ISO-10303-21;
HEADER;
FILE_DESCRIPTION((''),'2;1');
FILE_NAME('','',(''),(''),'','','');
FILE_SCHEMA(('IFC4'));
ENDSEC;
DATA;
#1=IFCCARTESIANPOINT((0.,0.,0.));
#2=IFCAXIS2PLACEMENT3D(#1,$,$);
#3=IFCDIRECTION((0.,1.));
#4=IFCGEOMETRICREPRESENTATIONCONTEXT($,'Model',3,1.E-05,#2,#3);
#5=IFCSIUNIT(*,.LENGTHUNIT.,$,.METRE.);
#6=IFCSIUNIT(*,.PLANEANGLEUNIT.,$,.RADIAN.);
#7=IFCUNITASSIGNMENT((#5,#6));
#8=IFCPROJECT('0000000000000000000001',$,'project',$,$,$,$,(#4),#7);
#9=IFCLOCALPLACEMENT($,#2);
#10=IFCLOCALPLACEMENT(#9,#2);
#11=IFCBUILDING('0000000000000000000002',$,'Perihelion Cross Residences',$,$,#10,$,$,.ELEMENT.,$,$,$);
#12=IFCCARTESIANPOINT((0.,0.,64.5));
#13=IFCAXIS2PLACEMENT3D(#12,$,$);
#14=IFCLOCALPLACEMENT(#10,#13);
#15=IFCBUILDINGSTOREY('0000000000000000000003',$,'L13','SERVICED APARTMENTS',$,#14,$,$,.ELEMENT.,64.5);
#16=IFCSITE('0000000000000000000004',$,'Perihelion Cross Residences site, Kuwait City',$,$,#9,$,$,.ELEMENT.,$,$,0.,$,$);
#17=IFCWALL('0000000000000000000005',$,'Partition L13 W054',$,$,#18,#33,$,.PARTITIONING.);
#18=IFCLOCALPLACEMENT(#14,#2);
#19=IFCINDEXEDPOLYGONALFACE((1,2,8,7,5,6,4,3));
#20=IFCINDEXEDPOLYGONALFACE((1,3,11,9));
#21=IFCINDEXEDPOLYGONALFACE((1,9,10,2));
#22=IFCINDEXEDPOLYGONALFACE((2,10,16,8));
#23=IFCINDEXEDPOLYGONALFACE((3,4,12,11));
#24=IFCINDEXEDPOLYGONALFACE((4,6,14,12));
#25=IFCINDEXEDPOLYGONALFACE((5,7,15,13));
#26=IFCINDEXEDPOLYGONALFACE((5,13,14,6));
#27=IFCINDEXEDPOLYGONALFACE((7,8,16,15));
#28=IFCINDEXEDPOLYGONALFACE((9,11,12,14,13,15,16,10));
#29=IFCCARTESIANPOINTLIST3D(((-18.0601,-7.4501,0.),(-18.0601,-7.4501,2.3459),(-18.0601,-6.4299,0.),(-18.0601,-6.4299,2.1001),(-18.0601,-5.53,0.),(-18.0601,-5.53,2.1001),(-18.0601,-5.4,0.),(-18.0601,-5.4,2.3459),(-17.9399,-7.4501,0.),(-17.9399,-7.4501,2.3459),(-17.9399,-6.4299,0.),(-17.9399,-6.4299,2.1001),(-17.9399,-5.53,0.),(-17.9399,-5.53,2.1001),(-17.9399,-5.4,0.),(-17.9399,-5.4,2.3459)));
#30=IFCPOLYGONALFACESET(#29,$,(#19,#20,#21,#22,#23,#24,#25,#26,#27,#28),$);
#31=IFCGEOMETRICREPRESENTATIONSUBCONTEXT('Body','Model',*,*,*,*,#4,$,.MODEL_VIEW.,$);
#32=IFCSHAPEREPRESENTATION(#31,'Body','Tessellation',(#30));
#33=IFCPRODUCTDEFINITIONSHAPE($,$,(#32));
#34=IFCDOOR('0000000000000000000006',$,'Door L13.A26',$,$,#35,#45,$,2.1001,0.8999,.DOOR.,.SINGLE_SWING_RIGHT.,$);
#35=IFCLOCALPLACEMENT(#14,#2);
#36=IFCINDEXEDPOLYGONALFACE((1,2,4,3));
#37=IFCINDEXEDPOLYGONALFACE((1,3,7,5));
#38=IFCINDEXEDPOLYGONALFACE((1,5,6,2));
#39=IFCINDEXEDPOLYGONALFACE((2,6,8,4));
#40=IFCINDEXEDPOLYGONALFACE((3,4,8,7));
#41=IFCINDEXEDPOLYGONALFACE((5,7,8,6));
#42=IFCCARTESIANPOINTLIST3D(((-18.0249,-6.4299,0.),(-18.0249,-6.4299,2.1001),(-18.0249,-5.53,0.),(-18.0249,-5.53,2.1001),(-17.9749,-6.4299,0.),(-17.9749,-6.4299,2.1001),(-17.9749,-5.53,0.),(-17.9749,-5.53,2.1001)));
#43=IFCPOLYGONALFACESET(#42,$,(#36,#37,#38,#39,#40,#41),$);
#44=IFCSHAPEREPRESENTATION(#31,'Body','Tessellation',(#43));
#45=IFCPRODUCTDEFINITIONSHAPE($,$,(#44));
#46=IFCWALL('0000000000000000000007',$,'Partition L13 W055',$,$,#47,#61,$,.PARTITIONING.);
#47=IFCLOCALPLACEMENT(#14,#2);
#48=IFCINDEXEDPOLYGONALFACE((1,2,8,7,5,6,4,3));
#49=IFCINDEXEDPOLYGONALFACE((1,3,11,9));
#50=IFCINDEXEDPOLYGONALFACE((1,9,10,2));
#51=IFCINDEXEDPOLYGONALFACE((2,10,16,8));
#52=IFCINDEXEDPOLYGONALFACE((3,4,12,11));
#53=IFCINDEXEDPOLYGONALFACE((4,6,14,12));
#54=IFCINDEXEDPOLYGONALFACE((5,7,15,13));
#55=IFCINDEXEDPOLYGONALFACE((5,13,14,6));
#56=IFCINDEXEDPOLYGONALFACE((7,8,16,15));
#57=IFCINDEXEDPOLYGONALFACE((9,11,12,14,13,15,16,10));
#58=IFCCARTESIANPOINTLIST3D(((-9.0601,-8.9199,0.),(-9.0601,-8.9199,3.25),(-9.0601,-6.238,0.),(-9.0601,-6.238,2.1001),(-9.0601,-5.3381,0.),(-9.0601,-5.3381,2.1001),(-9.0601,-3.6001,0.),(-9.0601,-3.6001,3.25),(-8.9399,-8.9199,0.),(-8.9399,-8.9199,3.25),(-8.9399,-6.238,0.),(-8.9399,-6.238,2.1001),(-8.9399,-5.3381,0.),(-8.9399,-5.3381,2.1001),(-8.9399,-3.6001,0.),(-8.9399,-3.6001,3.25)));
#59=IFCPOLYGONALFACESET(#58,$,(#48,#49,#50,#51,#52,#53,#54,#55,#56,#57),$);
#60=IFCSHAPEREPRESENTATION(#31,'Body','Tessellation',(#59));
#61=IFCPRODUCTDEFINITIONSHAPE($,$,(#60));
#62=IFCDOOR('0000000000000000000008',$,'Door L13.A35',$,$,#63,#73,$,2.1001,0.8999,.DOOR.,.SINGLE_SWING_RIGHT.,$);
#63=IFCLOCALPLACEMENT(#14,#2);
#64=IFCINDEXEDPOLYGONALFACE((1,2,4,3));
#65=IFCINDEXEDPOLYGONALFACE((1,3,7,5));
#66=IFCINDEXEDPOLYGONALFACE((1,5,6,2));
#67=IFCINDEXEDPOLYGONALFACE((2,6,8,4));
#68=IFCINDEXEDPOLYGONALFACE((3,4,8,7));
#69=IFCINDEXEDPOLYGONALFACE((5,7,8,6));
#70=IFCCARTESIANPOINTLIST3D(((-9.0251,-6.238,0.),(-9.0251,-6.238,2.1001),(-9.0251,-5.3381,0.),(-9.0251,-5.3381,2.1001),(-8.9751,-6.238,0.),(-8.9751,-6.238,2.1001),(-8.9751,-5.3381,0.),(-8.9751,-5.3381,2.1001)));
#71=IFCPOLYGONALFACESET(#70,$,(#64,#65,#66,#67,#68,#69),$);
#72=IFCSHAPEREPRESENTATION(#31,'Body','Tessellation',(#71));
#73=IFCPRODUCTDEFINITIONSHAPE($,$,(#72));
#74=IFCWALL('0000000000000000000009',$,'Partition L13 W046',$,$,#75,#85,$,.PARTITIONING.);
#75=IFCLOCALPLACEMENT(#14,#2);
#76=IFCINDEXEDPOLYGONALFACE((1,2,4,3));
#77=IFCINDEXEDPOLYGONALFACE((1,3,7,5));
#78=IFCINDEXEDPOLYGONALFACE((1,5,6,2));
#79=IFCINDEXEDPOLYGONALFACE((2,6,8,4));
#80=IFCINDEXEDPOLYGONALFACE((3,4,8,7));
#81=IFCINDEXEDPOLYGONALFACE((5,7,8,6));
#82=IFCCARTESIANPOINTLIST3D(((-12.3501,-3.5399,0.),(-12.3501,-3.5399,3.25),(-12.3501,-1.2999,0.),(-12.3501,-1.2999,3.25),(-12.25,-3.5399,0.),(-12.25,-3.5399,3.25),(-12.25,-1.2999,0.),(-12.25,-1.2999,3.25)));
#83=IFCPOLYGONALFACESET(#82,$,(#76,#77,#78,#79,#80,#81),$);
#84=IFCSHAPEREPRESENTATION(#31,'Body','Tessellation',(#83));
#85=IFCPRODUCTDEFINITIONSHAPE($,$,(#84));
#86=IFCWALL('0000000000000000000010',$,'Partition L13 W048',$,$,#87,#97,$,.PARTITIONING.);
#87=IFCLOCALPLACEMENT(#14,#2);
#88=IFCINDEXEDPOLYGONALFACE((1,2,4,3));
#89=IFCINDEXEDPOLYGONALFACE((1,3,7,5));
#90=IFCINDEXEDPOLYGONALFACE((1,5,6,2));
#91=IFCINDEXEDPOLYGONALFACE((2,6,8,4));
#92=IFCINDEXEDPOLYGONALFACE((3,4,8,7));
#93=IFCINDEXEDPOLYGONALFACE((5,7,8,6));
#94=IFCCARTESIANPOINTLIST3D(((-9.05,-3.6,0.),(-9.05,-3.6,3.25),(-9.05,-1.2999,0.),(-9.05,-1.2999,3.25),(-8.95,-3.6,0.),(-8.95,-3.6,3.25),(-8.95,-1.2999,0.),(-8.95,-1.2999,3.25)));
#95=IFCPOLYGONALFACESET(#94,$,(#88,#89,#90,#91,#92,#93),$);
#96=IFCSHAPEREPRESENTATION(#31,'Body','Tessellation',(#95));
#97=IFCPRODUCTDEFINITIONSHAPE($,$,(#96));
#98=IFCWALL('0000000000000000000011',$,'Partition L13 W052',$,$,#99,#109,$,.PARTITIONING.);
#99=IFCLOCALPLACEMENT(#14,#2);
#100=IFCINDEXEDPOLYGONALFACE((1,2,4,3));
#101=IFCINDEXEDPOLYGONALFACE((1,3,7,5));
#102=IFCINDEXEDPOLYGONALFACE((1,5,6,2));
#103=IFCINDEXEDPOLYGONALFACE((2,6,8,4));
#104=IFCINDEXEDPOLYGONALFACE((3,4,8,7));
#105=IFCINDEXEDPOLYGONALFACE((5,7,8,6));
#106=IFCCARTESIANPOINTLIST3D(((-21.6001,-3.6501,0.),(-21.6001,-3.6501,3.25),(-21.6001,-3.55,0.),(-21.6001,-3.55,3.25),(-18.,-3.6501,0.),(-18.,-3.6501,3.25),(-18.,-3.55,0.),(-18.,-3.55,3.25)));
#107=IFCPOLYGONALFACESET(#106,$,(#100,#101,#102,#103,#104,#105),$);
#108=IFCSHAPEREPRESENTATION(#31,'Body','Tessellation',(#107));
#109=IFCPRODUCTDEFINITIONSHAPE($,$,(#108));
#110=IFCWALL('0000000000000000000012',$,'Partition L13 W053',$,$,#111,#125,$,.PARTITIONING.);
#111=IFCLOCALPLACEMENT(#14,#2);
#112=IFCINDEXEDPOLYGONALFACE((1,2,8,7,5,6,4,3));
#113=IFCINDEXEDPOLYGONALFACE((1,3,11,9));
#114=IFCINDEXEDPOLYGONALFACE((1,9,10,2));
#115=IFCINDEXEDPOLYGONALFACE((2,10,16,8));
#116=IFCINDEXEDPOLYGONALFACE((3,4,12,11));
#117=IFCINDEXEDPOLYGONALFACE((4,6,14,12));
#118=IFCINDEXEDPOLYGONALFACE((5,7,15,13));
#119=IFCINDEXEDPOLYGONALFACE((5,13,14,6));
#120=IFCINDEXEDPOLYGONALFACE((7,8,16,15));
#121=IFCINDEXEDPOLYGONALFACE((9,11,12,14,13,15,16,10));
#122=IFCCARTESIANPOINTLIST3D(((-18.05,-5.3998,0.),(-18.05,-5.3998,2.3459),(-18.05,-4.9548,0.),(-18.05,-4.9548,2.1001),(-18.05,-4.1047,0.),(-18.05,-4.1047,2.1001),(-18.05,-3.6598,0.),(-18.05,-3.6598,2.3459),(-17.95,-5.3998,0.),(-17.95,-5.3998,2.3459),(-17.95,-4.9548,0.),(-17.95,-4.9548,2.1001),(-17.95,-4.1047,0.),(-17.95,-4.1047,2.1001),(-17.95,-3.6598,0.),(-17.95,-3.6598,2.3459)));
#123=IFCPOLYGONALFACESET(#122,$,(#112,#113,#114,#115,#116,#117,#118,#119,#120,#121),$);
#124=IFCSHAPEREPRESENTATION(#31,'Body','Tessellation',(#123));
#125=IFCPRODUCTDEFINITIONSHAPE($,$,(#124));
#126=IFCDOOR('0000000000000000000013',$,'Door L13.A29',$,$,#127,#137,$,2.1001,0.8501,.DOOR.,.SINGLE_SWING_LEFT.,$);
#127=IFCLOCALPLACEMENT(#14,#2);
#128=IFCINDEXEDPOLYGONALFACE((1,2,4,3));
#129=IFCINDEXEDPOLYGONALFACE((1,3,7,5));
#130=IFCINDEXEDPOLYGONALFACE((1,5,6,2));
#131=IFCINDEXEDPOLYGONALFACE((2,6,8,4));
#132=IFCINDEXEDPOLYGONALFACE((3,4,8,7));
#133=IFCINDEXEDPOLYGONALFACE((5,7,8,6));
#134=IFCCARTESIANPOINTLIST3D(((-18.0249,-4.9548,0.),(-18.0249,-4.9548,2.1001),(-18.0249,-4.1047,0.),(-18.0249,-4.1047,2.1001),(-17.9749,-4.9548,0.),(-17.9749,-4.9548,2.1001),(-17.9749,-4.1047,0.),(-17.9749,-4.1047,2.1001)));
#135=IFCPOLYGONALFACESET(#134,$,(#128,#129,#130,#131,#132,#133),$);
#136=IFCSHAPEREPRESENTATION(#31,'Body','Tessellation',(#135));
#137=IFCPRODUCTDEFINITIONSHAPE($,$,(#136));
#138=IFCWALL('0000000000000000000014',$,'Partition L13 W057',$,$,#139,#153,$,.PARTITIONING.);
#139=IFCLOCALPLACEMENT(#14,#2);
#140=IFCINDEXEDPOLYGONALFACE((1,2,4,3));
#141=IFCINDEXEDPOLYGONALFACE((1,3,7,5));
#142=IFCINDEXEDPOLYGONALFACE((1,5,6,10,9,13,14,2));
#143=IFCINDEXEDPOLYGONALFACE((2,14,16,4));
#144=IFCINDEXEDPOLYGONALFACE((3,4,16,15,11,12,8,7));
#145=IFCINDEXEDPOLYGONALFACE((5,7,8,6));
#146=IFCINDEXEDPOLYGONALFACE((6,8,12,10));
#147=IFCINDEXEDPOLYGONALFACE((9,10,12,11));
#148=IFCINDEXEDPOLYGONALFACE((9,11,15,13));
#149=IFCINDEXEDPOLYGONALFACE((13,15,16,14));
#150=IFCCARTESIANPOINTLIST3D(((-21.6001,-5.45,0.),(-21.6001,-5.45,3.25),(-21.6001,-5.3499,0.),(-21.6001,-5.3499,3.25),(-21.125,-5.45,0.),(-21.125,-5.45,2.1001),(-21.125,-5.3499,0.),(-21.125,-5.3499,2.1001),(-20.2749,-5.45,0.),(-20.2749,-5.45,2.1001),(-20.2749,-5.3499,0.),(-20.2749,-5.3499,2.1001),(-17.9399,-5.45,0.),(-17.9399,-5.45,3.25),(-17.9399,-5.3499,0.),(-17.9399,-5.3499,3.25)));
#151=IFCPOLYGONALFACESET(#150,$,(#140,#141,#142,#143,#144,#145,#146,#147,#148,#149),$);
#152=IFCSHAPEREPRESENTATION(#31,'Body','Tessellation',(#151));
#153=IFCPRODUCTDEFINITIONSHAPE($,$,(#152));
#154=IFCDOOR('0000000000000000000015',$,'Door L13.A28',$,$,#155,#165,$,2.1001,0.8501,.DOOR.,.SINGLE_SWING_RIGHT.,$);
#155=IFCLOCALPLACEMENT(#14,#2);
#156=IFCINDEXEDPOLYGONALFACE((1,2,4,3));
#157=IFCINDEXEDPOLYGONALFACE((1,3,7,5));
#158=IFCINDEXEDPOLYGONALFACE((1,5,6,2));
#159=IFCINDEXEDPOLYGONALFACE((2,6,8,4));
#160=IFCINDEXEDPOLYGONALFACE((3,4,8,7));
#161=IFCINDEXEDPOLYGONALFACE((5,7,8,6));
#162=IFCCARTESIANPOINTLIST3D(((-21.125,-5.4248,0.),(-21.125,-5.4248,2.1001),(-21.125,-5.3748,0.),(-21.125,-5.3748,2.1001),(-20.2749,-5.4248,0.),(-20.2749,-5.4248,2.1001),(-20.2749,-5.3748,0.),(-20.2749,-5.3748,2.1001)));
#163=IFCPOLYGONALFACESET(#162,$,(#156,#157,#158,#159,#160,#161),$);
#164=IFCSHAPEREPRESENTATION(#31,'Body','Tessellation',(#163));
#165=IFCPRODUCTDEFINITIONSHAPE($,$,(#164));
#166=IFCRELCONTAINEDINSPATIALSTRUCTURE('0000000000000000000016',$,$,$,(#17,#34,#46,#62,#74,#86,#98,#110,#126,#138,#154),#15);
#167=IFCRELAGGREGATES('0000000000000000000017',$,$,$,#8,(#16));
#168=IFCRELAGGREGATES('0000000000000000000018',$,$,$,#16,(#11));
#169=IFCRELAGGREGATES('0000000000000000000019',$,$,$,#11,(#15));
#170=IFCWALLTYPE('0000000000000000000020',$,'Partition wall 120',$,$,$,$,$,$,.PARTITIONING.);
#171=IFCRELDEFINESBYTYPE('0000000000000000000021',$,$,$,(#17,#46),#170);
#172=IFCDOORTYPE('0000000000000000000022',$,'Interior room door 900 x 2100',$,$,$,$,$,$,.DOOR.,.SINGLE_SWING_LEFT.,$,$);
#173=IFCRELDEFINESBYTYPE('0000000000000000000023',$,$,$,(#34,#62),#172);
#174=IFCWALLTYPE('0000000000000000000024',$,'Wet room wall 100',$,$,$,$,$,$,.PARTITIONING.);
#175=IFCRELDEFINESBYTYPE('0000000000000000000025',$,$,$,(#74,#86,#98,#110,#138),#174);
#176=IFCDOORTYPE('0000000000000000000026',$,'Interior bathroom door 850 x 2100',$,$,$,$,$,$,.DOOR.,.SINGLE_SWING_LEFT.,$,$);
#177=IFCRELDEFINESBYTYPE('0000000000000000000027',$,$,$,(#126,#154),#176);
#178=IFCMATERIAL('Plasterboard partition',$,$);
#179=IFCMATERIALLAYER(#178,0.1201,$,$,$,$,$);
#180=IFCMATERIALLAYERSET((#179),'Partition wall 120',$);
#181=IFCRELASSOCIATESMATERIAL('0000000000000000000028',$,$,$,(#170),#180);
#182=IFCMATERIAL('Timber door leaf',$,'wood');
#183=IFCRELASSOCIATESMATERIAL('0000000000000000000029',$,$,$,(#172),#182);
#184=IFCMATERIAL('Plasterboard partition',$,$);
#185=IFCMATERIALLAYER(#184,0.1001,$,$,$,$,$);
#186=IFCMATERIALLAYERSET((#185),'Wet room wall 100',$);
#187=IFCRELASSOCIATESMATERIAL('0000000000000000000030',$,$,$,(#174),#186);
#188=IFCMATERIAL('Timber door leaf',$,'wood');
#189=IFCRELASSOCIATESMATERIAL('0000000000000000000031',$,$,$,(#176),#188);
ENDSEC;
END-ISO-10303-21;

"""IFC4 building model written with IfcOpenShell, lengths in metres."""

from ifc_helpers import new_model, si_unit, direction, frame, frame_2d, origin, place, context, subcontext, project, spatial, rectangle, extrude, material, layer, layer_set, type_object, element, fill, save


model = new_model("IFC4")

# Units and contexts
model_context = context("Model", 3, precision=1e-05, world=origin(), true_north=direction((0.0, 1.0)))
body_context = subcontext(model_context, "Body", "Model", "MODEL_VIEW")
ifc_project = project(units=[si_unit("LENGTHUNIT", "METRE"), si_unit("PLANEANGLEUNIT", "RADIAN")], contexts=[model_context])

# Site, building, storey
site_placement = place(None, origin())
site = spatial("IfcSite", under=ifc_project, at=site_placement, Name="Perihelion Cross Residences site, Kuwait City", CompositionType="ELEMENT", RefElevation=0.0)
building_placement = place(site_placement, origin())
building = spatial("IfcBuilding", under=site, at=building_placement, Name="Perihelion Cross Residences", CompositionType="ELEMENT")
storey_placement = place(building_placement, frame((0.0, 0.0, 64.5)))
storey = spatial("IfcBuildingStorey", under=building, at=storey_placement, Name="L13", Description="SERVICED APARTMENTS", CompositionType="ELEMENT", Elevation=64.5)

# Walls, openings, doors
ifc_material_1 = material(Name="Plasterboard partition")
ifc_layer_1 = layer(ifc_material_1, 0.1201)
ifc_layer_set_1 = layer_set([ifc_layer_1], Name="Partition wall 120")
wall_type_1 = type_object("IfcWallType", Name="Partition wall 120", PredefinedType="PARTITIONING", material=ifc_layer_set_1)
ifc_material_2 = material(Name="Timber door leaf", Category="wood")
door_type_1 = type_object("IfcDoorType", Name="Interior room door 900 x 2100", OperationType="SINGLE_SWING_LEFT", PredefinedType="DOOR", material=ifc_material_2)
wall_1_placement = place(storey_placement, frame((-18.0, -7.45, 0.0), z_axis=(0.0, 0.0, 1.0), x_axis=(0.0, 1.0, 0.0)))
wall_1 = element("IfcWall", 1, at=wall_1_placement, inside=storey, type_object=wall_type_1, Name="Partition L13 W054", PredefinedType="PARTITIONING", context=body_context, shape_type="SweptSolid", body=[
    extrude(rectangle(XDim=2.05, YDim=0.1201, at=frame_2d((1.0249, 0.0))), origin(), (0.0, 0.0, 1.0), 2.3459),
])
opening_1_placement = place(wall_1_placement, frame((1.02, 0.0, 0.0)))
opening_1 = element("IfcOpeningElement", 2, at=opening_1_placement, cuts=wall_1, PredefinedType="OPENING", context=body_context, shape_type="SweptSolid", body=[
    extrude(rectangle(XDim=0.8999, YDim=2.1001, at=frame_2d((0.45, 1.05))), frame((0.0, 0.0701, 0.0), z_axis=(0.0, -1.0, 0.0), x_axis=(1.0, 0.0, 0.0)), (0.0, 0.0, 1.0), 0.1401),
])
door_1_placement = place(opening_1_placement, origin())
door_1 = element("IfcDoor", 3, at=door_1_placement, inside=storey, type_object=door_type_1, Name="Door L13.A26", OperationType="SINGLE_SWING_RIGHT", OverallHeight=2.1001, OverallWidth=0.8999, PredefinedType="DOOR", context=body_context, shape_type="SweptSolid", body=[
    extrude(rectangle(XDim=0.8999, YDim=2.1001, at=frame_2d((0.45, 1.05))), frame((0.0, 0.0249, 0.0), z_axis=(0.0, -1.0, 0.0), x_axis=(1.0, 0.0, 0.0)), (0.0, 0.0, 1.0), 0.05),
])
fill(opening_1, door_1)
wall_2_placement = place(storey_placement, frame((-9.0, -3.6001, 0.0), z_axis=(0.0, 0.0, 1.0), x_axis=(0.0, -1.0, 0.0)))
wall_2 = element("IfcWall", 4, at=wall_2_placement, inside=storey, type_object=wall_type_1, Name="Partition L13 W055", PredefinedType="PARTITIONING", context=body_context, shape_type="SweptSolid", body=[
    extrude(rectangle(XDim=5.3198, YDim=0.1201, at=frame_2d((2.6599, 0.0))), origin(), (0.0, 0.0, 1.0), 3.25),
])
opening_2_placement = place(wall_2_placement, frame((1.738, 0.0, 0.0)))
opening_2 = element("IfcOpeningElement", 5, at=opening_2_placement, cuts=wall_2, PredefinedType="OPENING", context=body_context, shape_type="SweptSolid", body=[
    extrude(rectangle(XDim=0.8999, YDim=2.1001, at=frame_2d((0.45, 1.05))), frame((0.0, 0.0701, 0.0), z_axis=(0.0, -1.0, 0.0), x_axis=(1.0, 0.0, 0.0)), (0.0, 0.0, 1.0), 0.1401),
])
door_2_placement = place(opening_2_placement, origin())
door_2 = element("IfcDoor", 6, at=door_2_placement, inside=storey, type_object=door_type_1, Name="Door L13.A35", OperationType="SINGLE_SWING_RIGHT", OverallHeight=2.1001, OverallWidth=0.8999, PredefinedType="DOOR", context=body_context, shape_type="SweptSolid", body=[
    extrude(rectangle(XDim=0.8999, YDim=2.1001, at=frame_2d((0.45, 1.05))), frame((0.0, 0.0249, 0.0), z_axis=(0.0, -1.0, 0.0), x_axis=(1.0, 0.0, 0.0)), (0.0, 0.0, 1.0), 0.05),
])
fill(opening_2, door_2)

# Walls
ifc_material_3 = material(Name="Plasterboard partition")
ifc_layer_2 = layer(ifc_material_3, 0.1001)
ifc_layer_set_2 = layer_set([ifc_layer_2], Name="Wet room wall 100")
wall_type_2 = type_object("IfcWallType", Name="Wet room wall 100", PredefinedType="PARTITIONING", material=ifc_layer_set_2)
wall_3_placement = place(storey_placement, frame((-12.3, -3.54, 0.0), z_axis=(0.0, 0.0, 1.0), x_axis=(0.0, 1.0, 0.0)))
element("IfcWall", 7, at=wall_3_placement, inside=storey, type_object=wall_type_2, Name="Partition L13 W046", PredefinedType="PARTITIONING", context=body_context, shape_type="SweptSolid", body=[
    extrude(rectangle(XDim=2.24, YDim=0.1001, at=frame_2d((1.1201, 0.0))), origin(), (0.0, 0.0, 1.0), 3.25),
])
wall_4_placement = place(storey_placement, frame((-9.0, -1.3, 0.0), z_axis=(0.0, 0.0, 1.0), x_axis=(0.0, -1.0, 0.0)))
element("IfcWall", 8, at=wall_4_placement, inside=storey, type_object=wall_type_2, Name="Partition L13 W048", PredefinedType="PARTITIONING", context=body_context, shape_type="SweptSolid", body=[
    extrude(rectangle(XDim=2.3, YDim=0.1001, at=frame_2d((1.1499, 0.0))), origin(), (0.0, 0.0, 1.0), 3.25),
])
wall_5_placement = place(storey_placement, frame((-18.0, -3.6001, 0.0), z_axis=(0.0, 0.0, 1.0), x_axis=(-1.0, 0.0, 0.0)))
element("IfcWall", 9, at=wall_5_placement, inside=storey, type_object=wall_type_2, Name="Partition L13 W052", PredefinedType="PARTITIONING", context=body_context, shape_type="SweptSolid", body=[
    extrude(rectangle(XDim=3.6001, YDim=0.1001, at=frame_2d((1.8, 0.0))), origin(), (0.0, 0.0, 1.0), 3.25),
])

# Walls, openings, doors
wall_6_placement = place(storey_placement, frame((-18.0, -5.3999, 0.0), z_axis=(0.0, 0.0, 1.0), x_axis=(0.0, 1.0, 0.0)))
wall_6 = element("IfcWall", 10, at=wall_6_placement, inside=storey, type_object=wall_type_2, Name="Partition L13 W053", PredefinedType="PARTITIONING", context=body_context, shape_type="SweptSolid", body=[
    extrude(rectangle(XDim=1.74, YDim=0.1001, at=frame_2d((0.8701, 0.0))), origin(), (0.0, 0.0, 1.0), 2.3459),
])
opening_3_placement = place(wall_6_placement, frame((0.4451, 0.0, 0.0)))
opening_3 = element("IfcOpeningElement", 11, at=opening_3_placement, cuts=wall_6, PredefinedType="OPENING", context=body_context, shape_type="SweptSolid", body=[
    extrude(rectangle(XDim=0.8501, YDim=2.1001, at=frame_2d((0.425, 1.05))), frame((0.0, 0.0601, 0.0), z_axis=(0.0, -1.0, 0.0), x_axis=(1.0, 0.0, 0.0)), (0.0, 0.0, 1.0), 0.1201),
])
ifc_material_4 = material(Name="Timber door leaf", Category="wood")
door_type_2 = type_object("IfcDoorType", Name="Interior bathroom door 850 x 2100", OperationType="SINGLE_SWING_LEFT", PredefinedType="DOOR", material=ifc_material_4)
door_3_placement = place(opening_3_placement, origin())
door_3 = element("IfcDoor", 12, at=door_3_placement, inside=storey, type_object=door_type_2, Name="Door L13.A29", OperationType="SINGLE_SWING_LEFT", OverallHeight=2.1001, OverallWidth=0.8501, PredefinedType="DOOR", context=body_context, shape_type="SweptSolid", body=[
    extrude(rectangle(XDim=0.8501, YDim=2.1001, at=frame_2d((0.425, 1.05))), frame((0.0, 0.0249, 0.0), z_axis=(0.0, -1.0, 0.0), x_axis=(1.0, 0.0, 0.0)), (0.0, 0.0, 1.0), 0.05),
])
fill(opening_3, door_3)
wall_7_placement = place(storey_placement, frame((-17.9399, -5.3999, 0.0), z_axis=(0.0, 0.0, 1.0), x_axis=(-1.0, 0.0, 0.0)))
wall_7 = element("IfcWall", 13, at=wall_7_placement, inside=storey, type_object=wall_type_2, Name="Partition L13 W057", PredefinedType="PARTITIONING", context=body_context, shape_type="SweptSolid", body=[
    extrude(rectangle(XDim=3.6602, YDim=0.1001, at=frame_2d((1.8301, 0.0))), origin(), (0.0, 0.0, 1.0), 3.25),
])
opening_4_placement = place(wall_7_placement, frame((2.335, 0.0, 0.0)))
opening_4 = element("IfcOpeningElement", 14, at=opening_4_placement, cuts=wall_7, PredefinedType="OPENING", context=body_context, shape_type="SweptSolid", body=[
    extrude(rectangle(XDim=0.8501, YDim=2.1001, at=frame_2d((0.425, 1.05))), frame((0.0, 0.0601, 0.0), z_axis=(0.0, -1.0, 0.0), x_axis=(1.0, 0.0, 0.0)), (0.0, 0.0, 1.0), 0.1201),
])
door_4_placement = place(opening_4_placement, origin())
door_4 = element("IfcDoor", 15, at=door_4_placement, inside=storey, type_object=door_type_2, Name="Door L13.A28", OperationType="SINGLE_SWING_RIGHT", OverallHeight=2.1001, OverallWidth=0.8501, PredefinedType="DOOR", context=body_context, shape_type="SweptSolid", body=[
    extrude(rectangle(XDim=0.8501, YDim=2.1001, at=frame_2d((0.425, 1.05))), frame((0.0, 0.0249, 0.0), z_axis=(0.0, -1.0, 0.0), x_axis=(1.0, 0.0, 0.0)), (0.0, 0.0, 1.0), 0.05),
])
fill(opening_4, door_4)

save(model, "model.ifc")
